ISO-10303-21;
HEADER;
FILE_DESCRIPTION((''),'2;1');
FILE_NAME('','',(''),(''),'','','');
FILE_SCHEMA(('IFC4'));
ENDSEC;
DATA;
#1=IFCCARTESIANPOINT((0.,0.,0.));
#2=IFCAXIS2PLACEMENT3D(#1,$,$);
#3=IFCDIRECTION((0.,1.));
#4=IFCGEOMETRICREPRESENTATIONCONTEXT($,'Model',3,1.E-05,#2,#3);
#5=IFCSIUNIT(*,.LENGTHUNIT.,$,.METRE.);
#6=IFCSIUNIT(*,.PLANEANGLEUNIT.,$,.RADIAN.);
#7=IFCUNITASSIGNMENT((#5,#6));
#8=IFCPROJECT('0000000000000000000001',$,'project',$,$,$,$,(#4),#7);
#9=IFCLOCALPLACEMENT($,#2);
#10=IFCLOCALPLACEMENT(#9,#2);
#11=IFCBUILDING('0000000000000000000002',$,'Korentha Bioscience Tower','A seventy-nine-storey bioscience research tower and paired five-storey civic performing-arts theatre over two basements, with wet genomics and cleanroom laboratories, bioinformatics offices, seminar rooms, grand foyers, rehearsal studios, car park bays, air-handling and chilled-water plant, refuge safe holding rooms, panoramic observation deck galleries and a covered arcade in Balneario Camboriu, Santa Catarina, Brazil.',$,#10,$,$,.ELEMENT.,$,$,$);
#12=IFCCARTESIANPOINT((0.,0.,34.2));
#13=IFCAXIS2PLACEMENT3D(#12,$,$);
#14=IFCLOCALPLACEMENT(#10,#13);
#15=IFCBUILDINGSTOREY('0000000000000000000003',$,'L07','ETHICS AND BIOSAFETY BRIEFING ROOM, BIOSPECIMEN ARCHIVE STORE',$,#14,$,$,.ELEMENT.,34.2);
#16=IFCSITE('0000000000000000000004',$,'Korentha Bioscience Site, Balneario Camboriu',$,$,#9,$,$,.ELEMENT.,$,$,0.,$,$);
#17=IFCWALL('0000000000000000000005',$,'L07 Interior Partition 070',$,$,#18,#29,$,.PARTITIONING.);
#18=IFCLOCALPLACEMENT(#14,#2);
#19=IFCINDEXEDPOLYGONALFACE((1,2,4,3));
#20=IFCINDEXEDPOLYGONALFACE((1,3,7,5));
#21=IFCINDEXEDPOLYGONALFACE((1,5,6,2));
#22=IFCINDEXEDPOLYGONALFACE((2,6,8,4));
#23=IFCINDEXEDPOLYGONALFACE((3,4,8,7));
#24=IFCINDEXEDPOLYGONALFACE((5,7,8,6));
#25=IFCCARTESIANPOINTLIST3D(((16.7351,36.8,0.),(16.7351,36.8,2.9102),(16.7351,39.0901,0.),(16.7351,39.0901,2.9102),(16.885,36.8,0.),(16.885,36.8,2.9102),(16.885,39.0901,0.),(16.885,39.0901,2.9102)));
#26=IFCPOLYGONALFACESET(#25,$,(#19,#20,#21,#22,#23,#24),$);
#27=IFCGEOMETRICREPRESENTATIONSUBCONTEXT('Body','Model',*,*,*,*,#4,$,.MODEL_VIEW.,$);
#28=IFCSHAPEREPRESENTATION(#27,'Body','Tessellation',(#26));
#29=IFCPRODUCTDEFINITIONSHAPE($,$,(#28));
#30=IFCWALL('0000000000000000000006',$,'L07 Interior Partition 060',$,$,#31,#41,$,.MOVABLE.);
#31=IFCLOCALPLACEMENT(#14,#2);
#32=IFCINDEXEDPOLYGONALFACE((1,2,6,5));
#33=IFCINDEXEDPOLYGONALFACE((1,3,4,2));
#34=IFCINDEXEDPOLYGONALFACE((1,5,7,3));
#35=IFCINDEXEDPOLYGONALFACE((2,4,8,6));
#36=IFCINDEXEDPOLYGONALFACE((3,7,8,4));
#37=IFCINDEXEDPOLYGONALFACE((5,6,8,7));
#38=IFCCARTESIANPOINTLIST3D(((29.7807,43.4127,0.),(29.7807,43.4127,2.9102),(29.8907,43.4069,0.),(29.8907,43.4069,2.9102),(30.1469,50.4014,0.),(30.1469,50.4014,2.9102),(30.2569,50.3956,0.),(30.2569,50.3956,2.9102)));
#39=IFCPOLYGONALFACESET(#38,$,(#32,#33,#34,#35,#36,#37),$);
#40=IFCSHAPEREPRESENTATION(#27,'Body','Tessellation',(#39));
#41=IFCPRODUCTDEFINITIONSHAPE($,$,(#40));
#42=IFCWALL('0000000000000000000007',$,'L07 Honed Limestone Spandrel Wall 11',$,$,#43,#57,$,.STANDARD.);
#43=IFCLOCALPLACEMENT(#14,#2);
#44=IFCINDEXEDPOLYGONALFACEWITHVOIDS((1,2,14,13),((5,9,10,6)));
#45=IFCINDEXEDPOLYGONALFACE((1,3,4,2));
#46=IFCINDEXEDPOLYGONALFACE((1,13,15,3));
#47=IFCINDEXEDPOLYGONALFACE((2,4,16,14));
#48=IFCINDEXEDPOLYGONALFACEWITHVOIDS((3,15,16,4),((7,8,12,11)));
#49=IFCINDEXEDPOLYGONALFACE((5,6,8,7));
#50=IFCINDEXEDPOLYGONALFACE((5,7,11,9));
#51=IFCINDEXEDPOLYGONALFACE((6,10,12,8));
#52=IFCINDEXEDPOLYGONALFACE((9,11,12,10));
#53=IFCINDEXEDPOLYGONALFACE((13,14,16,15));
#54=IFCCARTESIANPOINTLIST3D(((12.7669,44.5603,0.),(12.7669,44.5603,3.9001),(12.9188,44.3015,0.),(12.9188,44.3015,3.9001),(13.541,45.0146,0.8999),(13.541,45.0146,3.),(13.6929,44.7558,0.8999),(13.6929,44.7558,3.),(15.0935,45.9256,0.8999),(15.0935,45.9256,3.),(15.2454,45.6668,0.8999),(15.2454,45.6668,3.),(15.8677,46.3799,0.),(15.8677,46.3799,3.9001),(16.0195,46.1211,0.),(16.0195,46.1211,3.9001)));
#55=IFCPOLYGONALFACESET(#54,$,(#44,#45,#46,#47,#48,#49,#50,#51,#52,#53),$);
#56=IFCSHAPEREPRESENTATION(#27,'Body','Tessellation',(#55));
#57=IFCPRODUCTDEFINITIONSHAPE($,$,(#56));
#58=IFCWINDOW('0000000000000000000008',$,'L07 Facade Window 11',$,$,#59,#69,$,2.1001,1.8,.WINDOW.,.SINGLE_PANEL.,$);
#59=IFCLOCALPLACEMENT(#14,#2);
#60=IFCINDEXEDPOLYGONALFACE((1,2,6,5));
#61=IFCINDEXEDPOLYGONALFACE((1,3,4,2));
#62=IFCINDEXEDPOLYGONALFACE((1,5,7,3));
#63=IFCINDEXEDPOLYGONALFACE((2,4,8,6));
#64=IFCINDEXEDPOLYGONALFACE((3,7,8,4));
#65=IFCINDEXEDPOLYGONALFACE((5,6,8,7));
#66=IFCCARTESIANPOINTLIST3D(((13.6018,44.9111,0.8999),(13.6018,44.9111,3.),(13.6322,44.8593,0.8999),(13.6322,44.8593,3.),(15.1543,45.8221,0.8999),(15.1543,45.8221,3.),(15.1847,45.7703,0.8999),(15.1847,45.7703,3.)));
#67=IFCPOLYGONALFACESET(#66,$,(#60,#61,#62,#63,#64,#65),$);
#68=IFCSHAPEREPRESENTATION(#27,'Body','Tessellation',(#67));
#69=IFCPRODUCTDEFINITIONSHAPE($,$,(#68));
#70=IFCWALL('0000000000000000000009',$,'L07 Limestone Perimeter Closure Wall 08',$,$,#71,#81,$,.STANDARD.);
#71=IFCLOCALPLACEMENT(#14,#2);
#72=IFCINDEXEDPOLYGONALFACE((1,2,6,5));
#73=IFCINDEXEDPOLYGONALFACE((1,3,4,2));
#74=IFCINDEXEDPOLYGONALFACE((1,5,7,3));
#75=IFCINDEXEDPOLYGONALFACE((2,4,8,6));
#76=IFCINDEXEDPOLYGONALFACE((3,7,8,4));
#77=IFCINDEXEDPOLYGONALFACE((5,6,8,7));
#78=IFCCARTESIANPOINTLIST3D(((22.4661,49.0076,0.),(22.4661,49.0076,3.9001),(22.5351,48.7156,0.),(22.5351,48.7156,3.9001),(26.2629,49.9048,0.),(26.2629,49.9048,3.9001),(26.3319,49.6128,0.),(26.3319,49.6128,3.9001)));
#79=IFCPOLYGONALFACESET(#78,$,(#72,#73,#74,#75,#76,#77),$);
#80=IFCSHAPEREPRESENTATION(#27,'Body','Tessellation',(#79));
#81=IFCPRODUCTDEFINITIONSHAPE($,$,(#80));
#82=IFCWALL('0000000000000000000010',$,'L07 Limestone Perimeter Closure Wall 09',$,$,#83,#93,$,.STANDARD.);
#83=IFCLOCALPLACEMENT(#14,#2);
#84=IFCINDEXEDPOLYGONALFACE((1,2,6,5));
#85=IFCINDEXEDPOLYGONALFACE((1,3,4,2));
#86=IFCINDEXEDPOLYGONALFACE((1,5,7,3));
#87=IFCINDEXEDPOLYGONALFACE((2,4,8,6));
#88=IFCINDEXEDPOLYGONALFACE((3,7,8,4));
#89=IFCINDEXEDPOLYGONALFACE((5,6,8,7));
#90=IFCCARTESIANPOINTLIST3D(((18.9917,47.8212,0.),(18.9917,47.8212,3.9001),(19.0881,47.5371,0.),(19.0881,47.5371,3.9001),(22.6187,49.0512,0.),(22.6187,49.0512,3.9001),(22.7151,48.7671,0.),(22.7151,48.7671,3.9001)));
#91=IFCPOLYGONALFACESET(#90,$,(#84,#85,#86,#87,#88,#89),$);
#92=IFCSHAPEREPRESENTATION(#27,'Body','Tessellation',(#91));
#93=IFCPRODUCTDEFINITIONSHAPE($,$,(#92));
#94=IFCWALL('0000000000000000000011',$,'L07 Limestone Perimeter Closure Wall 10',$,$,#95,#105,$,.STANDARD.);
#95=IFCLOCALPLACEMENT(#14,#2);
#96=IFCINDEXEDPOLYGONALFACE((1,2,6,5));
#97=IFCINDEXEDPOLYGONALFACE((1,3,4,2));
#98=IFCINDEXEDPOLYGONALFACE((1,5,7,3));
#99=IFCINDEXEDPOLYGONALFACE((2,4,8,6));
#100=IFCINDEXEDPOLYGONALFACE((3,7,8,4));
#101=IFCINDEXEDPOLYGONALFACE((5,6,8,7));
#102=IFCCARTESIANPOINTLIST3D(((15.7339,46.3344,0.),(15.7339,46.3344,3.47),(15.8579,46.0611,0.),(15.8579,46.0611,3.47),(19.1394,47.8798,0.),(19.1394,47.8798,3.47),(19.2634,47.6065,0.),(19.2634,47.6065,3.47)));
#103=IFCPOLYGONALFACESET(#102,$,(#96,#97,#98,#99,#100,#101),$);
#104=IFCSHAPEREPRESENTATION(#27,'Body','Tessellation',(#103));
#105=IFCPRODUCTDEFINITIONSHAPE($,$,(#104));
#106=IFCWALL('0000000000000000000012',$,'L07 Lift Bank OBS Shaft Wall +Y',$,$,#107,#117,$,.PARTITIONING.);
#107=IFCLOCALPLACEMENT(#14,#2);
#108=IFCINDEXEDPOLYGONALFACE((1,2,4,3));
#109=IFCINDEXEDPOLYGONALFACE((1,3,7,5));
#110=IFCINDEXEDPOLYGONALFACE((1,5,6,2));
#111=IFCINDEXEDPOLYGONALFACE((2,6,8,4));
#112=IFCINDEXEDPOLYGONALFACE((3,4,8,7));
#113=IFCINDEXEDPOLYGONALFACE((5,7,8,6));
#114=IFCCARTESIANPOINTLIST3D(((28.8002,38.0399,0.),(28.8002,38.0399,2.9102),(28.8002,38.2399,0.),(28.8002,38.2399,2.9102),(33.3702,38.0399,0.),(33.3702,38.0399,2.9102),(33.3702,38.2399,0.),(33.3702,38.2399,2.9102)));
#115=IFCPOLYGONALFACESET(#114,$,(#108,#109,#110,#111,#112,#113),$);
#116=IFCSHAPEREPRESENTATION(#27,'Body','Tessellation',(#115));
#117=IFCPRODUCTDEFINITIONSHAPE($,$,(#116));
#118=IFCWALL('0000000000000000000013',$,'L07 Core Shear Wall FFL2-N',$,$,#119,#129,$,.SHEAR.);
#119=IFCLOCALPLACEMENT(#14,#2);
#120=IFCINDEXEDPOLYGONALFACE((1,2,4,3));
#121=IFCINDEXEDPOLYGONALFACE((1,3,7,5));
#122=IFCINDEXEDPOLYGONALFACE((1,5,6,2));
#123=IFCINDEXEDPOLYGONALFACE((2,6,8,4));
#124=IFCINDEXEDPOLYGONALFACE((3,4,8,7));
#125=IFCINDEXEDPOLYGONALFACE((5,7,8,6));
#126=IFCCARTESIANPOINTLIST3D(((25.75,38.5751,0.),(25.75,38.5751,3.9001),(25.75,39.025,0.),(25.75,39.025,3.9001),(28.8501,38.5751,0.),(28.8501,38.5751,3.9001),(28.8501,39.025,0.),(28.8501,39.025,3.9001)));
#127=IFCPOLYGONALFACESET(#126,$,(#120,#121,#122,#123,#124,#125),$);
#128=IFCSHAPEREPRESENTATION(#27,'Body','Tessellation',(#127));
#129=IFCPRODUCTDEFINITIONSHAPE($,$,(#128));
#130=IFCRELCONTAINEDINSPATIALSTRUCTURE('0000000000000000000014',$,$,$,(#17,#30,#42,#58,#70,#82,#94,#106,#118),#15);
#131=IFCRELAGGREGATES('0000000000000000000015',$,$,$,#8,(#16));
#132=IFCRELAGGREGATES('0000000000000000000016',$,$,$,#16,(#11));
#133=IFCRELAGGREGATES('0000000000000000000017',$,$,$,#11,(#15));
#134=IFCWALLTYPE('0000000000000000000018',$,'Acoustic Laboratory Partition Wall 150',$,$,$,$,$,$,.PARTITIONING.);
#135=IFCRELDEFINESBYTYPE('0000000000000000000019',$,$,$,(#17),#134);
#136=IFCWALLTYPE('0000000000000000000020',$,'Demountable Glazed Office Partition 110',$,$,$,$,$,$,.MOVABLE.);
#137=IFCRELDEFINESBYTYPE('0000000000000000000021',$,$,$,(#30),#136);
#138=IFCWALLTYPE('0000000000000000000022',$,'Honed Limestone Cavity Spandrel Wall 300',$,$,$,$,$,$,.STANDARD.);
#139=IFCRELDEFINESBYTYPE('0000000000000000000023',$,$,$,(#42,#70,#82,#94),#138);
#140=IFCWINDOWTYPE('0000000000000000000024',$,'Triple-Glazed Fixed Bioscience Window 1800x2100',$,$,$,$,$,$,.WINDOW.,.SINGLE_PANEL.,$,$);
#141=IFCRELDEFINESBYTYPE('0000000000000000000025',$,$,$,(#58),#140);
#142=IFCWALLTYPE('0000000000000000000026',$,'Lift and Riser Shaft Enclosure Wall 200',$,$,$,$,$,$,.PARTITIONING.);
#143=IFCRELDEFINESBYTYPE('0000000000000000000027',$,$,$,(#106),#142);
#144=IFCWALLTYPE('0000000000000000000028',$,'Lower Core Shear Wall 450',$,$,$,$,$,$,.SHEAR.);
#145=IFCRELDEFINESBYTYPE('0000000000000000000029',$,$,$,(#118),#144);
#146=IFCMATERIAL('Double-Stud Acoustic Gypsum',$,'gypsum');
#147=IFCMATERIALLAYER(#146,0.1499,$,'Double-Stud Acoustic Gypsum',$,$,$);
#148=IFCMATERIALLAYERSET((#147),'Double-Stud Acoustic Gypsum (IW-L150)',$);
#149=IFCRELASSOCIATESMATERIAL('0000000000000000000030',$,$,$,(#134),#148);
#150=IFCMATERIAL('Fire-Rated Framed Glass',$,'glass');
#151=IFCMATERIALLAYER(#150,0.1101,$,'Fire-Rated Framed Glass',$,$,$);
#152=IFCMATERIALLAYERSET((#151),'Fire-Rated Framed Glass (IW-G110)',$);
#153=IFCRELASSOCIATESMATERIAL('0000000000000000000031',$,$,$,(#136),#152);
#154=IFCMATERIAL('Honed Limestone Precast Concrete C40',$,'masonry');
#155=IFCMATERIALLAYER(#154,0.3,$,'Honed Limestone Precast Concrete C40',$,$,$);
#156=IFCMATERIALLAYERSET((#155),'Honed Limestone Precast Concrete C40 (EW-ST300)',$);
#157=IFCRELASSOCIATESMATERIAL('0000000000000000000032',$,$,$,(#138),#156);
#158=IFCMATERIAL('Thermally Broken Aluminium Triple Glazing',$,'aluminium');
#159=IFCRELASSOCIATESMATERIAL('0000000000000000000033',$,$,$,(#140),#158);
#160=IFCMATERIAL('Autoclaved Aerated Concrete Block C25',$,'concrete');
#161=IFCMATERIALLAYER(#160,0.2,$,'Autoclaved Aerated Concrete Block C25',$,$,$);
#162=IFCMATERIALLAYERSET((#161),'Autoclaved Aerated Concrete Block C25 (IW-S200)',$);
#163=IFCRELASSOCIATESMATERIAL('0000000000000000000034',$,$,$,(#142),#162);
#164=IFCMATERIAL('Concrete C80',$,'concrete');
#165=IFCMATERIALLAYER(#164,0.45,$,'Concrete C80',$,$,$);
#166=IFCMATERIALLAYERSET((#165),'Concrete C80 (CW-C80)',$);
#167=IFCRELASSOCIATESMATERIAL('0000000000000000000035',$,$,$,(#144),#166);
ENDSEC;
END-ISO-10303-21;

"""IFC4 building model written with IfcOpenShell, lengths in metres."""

from ifc_helpers import new_model, si_unit, direction, frame, frame_2d, origin, place, context, subcontext, project, spatial, rectangle, extrude, material, layer, layer_set, type_object, element, fill, save


model = new_model("IFC4")

# Units and contexts
model_context = context("Model", 3, precision=1e-05, world=origin(), true_north=direction((0.0, 1.0)))
body_context = subcontext(model_context, "Body", "Model", "MODEL_VIEW")
ifc_project = project(units=[si_unit("LENGTHUNIT", "METRE"), si_unit("PLANEANGLEUNIT", "RADIAN")], contexts=[model_context])

# Site, building, storey
site_placement = place(None, origin())
site = spatial("IfcSite", under=ifc_project, at=site_placement, Name="Korentha Bioscience Site, Balneario Camboriu", CompositionType="ELEMENT", RefElevation=0.0)
building_placement = place(site_placement, origin())
building = spatial("IfcBuilding", under=site, at=building_placement, Name="Korentha Bioscience Tower", Description="A seventy-nine-storey bioscience research tower and paired five-storey civic performing-arts theatre over two basements, with wet genomics and cleanroom laboratories, bioinformatics offices, seminar rooms, grand foyers, rehearsal studios, car park bays, air-handling and chilled-water plant, refuge safe holding rooms, panoramic observation deck galleries and a covered arcade in Balneario Camboriu, Santa Catarina, Brazil.", CompositionType="ELEMENT")
storey_placement = place(building_placement, frame((0.0, 0.0, 34.2)))
storey = spatial("IfcBuildingStorey", under=building, at=storey_placement, Name="L07", Description="ETHICS AND BIOSAFETY BRIEFING ROOM, BIOSPECIMEN ARCHIVE STORE", CompositionType="ELEMENT", Elevation=34.2)

# Shared definitions
ifc_material_1 = material(Name="Concrete C80", Category="concrete")

# Shared definitions
ifc_material_2 = material(Name="Double-Stud Acoustic Gypsum", Category="gypsum")
ifc_layer_1 = layer(ifc_material_2, 0.1499, Name="Double-Stud Acoustic Gypsum")
ifc_layer_set_1 = layer_set([ifc_layer_1], Name="Double-Stud Acoustic Gypsum (IW-L150)")
wall_type_1 = type_object("IfcWallType", Name="Acoustic Laboratory Partition Wall 150", PredefinedType="PARTITIONING", material=ifc_layer_set_1)

# Walls
wall_1_placement = place(storey_placement, frame((16.8101, 36.8, 0.0), z_axis=(0.0, 0.0, 1.0), x_axis=(0.0, 1.0, 0.0)))
element("IfcWall", 1, at=wall_1_placement, inside=storey, type_object=wall_type_1, Name="L07 Interior Partition 070", PredefinedType="PARTITIONING", context=body_context, shape_type="SweptSolid", body=[
    extrude(rectangle(XDim=2.29, YDim=0.1499, at=frame_2d((1.145, 0.0))), origin(), (0.0, 0.0, 1.0), 2.9102),
])
ifc_material_3 = material(Name="Fire-Rated Framed Glass", Category="glass")
ifc_layer_2 = layer(ifc_material_3, 0.1101, Name="Fire-Rated Framed Glass")
ifc_layer_set_2 = layer_set([ifc_layer_2], Name="Fire-Rated Framed Glass (IW-G110)")
wall_type_2 = type_object("IfcWallType", Name="Demountable Glazed Office Partition 110", PredefinedType="MOVABLE", material=ifc_layer_set_2)
wall_2_placement = place(storey_placement, frame((29.8357, 43.4099, 0.0), z_axis=(0.0, 0.0, 1.0), x_axis=(0.052328, 0.99863, 0.0)))
element("IfcWall", 2, at=wall_2_placement, inside=storey, type_object=wall_type_2, Name="L07 Interior Partition 060", PredefinedType="MOVABLE", context=body_context, shape_type="SweptSolid", body=[
    extrude(rectangle(XDim=6.9983, YDim=0.1101, at=frame_2d((3.499, 0.0))), origin(), (0.0, 0.0, 1.0), 2.9102),
])

# Wall, opening, window
ifc_material_4 = material(Name="Honed Limestone Precast Concrete C40", Category="masonry")
ifc_layer_3 = layer(ifc_material_4, 0.3, Name="Honed Limestone Precast Concrete C40")
ifc_layer_set_3 = layer_set([ifc_layer_3], Name="Honed Limestone Precast Concrete C40 (EW-ST300)")
wall_type_3 = type_object("IfcWallType", Name="Honed Limestone Cavity Spandrel Wall 300", PredefinedType="STANDARD", material=ifc_layer_set_3)
wall_3_placement = place(storey_placement, frame((15.9436, 46.2505, 0.0), z_axis=(0.0, 0.0, 1.0), x_axis=(-0.862473, -0.506103, 0.0)))
wall_3 = element("IfcWall", 3, at=wall_3_placement, inside=storey, type_object=wall_type_3, Name="L07 Honed Limestone Spandrel Wall 11", PredefinedType="STANDARD", context=body_context, shape_type="SweptSolid", body=[
    extrude(rectangle(XDim=3.5952, YDim=0.3, at=frame_2d((1.7976, 0.0))), origin(), (0.0, 0.0, 1.0), 3.9001),
])
opening_1_placement = place(wall_3_placement, frame((0.8977, 0.0, 0.8999)))
opening_1 = element("IfcOpeningElement", 4, at=opening_1_placement, cuts=wall_3, PredefinedType="OPENING", context=body_context, shape_type="SweptSolid", body=[
    extrude(rectangle(XDim=1.8, YDim=2.1001, at=frame_2d((0.8999, 1.05))), frame((0.0, 0.165, 0.0), z_axis=(0.0, -1.0, 0.0), x_axis=(1.0, 0.0, 0.0)), (0.0, 0.0, 1.0), 0.3298),
])
ifc_material_5 = material(Name="Thermally Broken Aluminium Triple Glazing", Category="aluminium")
window_type = type_object("IfcWindowType", Name="Triple-Glazed Fixed Bioscience Window 1800x2100", PartitioningType="SINGLE_PANEL", PredefinedType="WINDOW", material=ifc_material_5)
window_placement = place(opening_1_placement, origin())
window = element("IfcWindow", 5, at=window_placement, inside=storey, type_object=window_type, Name="L07 Facade Window 11", OverallHeight=2.1001, OverallWidth=1.8, PartitioningType="SINGLE_PANEL", PredefinedType="WINDOW", context=body_context, shape_type="SweptSolid", body=[
    extrude(rectangle(XDim=1.8, YDim=2.1001, at=frame_2d((0.8999, 1.05))), frame((0.0, 0.03, 0.0), z_axis=(0.0, -1.0, 0.0), x_axis=(1.0, 0.0, 0.0)), (0.0, 0.0, 1.0), 0.0601),
])
fill(opening_1, window)

# Walls
wall_4_placement = place(storey_placement, frame((26.2974, 49.7588, 0.0), z_axis=(0.0, 0.0, 1.0), x_axis=(-0.973198, -0.22997, 0.0)))
element("IfcWall", 6, at=wall_4_placement, inside=storey, type_object=wall_type_3, Name="L07 Limestone Perimeter Closure Wall 08", PredefinedType="STANDARD", context=body_context, shape_type="SweptSolid", body=[
    extrude(rectangle(XDim=3.9014, YDim=0.3, at=frame_2d((1.9507, 0.0))), origin(), (0.0, 0.0, 1.0), 3.9001),
])
wall_5_placement = place(storey_placement, frame((22.667, 48.9092, 0.0), z_axis=(0.0, 0.0, 1.0), x_axis=(-0.947026, -0.321158, 0.0)))
element("IfcWall", 7, at=wall_5_placement, inside=storey, type_object=wall_type_3, Name="L07 Limestone Perimeter Closure Wall 09", PredefinedType="STANDARD", context=body_context, shape_type="SweptSolid", body=[
    extrude(rectangle(XDim=3.8298, YDim=0.3, at=frame_2d((1.915, 0.0))), origin(), (0.0, 0.0, 1.0), 3.9001),
])
wall_6_placement = place(storey_placement, frame((19.2014, 47.7432, 0.0), z_axis=(0.0, 0.0, 1.0), x_axis=(-0.910623, -0.413237, 0.0)))
element("IfcWall", 8, at=wall_6_placement, inside=storey, type_object=wall_type_3, Name="L07 Limestone Perimeter Closure Wall 10", PredefinedType="STANDARD", context=body_context, shape_type="SweptSolid", body=[
    extrude(rectangle(XDim=3.7397, YDim=0.3, at=frame_2d((1.8699, 0.0))), origin(), (0.0, 0.0, 1.0), 3.47),
])
ifc_material_6 = material(Name="Autoclaved Aerated Concrete Block C25", Category="concrete")
ifc_layer_4 = layer(ifc_material_6, 0.2, Name="Autoclaved Aerated Concrete Block C25")
ifc_layer_set_4 = layer_set([ifc_layer_4], Name="Autoclaved Aerated Concrete Block C25 (IW-S200)")
wall_type_4 = type_object("IfcWallType", Name="Lift and Riser Shaft Enclosure Wall 200", PredefinedType="PARTITIONING", material=ifc_layer_set_4)
wall_7_placement = place(storey_placement, frame((28.8, 38.1399, 0.0), z_axis=(0.0, 0.0, 1.0), x_axis=(1.0, 0.0, 0.0)))
element("IfcWall", 9, at=wall_7_placement, inside=storey, type_object=wall_type_4, Name="L07 Lift Bank OBS Shaft Wall +Y", PredefinedType="PARTITIONING", context=body_context, shape_type="SweptSolid", body=[
    extrude(rectangle(XDim=4.5701, YDim=0.2, at=frame_2d((2.2852, 0.0))), origin(), (0.0, 0.0, 1.0), 2.9102),
])
ifc_layer_5 = layer(ifc_material_1, 0.45, Name="Concrete C80")
ifc_layer_set_5 = layer_set([ifc_layer_5], Name="Concrete C80 (CW-C80)")
wall_type_5 = type_object("IfcWallType", Name="Lower Core Shear Wall 450", PredefinedType="SHEAR", material=ifc_layer_set_5)
wall_8_placement = place(storey_placement, frame((25.75, 38.8, 0.0), z_axis=(0.0, 0.0, 1.0), x_axis=(1.0, 0.0, 0.0)))
element("IfcWall", 10, at=wall_8_placement, inside=storey, type_object=wall_type_5, Name="L07 Core Shear Wall FFL2-N", PredefinedType="SHEAR", context=body_context, shape_type="SweptSolid", body=[
    extrude(rectangle(XDim=3.1001, YDim=0.45, at=frame_2d((1.55, 0.0))), origin(), (0.0, 0.0, 1.0), 3.9001),
])

save(model, "model.ifc")
